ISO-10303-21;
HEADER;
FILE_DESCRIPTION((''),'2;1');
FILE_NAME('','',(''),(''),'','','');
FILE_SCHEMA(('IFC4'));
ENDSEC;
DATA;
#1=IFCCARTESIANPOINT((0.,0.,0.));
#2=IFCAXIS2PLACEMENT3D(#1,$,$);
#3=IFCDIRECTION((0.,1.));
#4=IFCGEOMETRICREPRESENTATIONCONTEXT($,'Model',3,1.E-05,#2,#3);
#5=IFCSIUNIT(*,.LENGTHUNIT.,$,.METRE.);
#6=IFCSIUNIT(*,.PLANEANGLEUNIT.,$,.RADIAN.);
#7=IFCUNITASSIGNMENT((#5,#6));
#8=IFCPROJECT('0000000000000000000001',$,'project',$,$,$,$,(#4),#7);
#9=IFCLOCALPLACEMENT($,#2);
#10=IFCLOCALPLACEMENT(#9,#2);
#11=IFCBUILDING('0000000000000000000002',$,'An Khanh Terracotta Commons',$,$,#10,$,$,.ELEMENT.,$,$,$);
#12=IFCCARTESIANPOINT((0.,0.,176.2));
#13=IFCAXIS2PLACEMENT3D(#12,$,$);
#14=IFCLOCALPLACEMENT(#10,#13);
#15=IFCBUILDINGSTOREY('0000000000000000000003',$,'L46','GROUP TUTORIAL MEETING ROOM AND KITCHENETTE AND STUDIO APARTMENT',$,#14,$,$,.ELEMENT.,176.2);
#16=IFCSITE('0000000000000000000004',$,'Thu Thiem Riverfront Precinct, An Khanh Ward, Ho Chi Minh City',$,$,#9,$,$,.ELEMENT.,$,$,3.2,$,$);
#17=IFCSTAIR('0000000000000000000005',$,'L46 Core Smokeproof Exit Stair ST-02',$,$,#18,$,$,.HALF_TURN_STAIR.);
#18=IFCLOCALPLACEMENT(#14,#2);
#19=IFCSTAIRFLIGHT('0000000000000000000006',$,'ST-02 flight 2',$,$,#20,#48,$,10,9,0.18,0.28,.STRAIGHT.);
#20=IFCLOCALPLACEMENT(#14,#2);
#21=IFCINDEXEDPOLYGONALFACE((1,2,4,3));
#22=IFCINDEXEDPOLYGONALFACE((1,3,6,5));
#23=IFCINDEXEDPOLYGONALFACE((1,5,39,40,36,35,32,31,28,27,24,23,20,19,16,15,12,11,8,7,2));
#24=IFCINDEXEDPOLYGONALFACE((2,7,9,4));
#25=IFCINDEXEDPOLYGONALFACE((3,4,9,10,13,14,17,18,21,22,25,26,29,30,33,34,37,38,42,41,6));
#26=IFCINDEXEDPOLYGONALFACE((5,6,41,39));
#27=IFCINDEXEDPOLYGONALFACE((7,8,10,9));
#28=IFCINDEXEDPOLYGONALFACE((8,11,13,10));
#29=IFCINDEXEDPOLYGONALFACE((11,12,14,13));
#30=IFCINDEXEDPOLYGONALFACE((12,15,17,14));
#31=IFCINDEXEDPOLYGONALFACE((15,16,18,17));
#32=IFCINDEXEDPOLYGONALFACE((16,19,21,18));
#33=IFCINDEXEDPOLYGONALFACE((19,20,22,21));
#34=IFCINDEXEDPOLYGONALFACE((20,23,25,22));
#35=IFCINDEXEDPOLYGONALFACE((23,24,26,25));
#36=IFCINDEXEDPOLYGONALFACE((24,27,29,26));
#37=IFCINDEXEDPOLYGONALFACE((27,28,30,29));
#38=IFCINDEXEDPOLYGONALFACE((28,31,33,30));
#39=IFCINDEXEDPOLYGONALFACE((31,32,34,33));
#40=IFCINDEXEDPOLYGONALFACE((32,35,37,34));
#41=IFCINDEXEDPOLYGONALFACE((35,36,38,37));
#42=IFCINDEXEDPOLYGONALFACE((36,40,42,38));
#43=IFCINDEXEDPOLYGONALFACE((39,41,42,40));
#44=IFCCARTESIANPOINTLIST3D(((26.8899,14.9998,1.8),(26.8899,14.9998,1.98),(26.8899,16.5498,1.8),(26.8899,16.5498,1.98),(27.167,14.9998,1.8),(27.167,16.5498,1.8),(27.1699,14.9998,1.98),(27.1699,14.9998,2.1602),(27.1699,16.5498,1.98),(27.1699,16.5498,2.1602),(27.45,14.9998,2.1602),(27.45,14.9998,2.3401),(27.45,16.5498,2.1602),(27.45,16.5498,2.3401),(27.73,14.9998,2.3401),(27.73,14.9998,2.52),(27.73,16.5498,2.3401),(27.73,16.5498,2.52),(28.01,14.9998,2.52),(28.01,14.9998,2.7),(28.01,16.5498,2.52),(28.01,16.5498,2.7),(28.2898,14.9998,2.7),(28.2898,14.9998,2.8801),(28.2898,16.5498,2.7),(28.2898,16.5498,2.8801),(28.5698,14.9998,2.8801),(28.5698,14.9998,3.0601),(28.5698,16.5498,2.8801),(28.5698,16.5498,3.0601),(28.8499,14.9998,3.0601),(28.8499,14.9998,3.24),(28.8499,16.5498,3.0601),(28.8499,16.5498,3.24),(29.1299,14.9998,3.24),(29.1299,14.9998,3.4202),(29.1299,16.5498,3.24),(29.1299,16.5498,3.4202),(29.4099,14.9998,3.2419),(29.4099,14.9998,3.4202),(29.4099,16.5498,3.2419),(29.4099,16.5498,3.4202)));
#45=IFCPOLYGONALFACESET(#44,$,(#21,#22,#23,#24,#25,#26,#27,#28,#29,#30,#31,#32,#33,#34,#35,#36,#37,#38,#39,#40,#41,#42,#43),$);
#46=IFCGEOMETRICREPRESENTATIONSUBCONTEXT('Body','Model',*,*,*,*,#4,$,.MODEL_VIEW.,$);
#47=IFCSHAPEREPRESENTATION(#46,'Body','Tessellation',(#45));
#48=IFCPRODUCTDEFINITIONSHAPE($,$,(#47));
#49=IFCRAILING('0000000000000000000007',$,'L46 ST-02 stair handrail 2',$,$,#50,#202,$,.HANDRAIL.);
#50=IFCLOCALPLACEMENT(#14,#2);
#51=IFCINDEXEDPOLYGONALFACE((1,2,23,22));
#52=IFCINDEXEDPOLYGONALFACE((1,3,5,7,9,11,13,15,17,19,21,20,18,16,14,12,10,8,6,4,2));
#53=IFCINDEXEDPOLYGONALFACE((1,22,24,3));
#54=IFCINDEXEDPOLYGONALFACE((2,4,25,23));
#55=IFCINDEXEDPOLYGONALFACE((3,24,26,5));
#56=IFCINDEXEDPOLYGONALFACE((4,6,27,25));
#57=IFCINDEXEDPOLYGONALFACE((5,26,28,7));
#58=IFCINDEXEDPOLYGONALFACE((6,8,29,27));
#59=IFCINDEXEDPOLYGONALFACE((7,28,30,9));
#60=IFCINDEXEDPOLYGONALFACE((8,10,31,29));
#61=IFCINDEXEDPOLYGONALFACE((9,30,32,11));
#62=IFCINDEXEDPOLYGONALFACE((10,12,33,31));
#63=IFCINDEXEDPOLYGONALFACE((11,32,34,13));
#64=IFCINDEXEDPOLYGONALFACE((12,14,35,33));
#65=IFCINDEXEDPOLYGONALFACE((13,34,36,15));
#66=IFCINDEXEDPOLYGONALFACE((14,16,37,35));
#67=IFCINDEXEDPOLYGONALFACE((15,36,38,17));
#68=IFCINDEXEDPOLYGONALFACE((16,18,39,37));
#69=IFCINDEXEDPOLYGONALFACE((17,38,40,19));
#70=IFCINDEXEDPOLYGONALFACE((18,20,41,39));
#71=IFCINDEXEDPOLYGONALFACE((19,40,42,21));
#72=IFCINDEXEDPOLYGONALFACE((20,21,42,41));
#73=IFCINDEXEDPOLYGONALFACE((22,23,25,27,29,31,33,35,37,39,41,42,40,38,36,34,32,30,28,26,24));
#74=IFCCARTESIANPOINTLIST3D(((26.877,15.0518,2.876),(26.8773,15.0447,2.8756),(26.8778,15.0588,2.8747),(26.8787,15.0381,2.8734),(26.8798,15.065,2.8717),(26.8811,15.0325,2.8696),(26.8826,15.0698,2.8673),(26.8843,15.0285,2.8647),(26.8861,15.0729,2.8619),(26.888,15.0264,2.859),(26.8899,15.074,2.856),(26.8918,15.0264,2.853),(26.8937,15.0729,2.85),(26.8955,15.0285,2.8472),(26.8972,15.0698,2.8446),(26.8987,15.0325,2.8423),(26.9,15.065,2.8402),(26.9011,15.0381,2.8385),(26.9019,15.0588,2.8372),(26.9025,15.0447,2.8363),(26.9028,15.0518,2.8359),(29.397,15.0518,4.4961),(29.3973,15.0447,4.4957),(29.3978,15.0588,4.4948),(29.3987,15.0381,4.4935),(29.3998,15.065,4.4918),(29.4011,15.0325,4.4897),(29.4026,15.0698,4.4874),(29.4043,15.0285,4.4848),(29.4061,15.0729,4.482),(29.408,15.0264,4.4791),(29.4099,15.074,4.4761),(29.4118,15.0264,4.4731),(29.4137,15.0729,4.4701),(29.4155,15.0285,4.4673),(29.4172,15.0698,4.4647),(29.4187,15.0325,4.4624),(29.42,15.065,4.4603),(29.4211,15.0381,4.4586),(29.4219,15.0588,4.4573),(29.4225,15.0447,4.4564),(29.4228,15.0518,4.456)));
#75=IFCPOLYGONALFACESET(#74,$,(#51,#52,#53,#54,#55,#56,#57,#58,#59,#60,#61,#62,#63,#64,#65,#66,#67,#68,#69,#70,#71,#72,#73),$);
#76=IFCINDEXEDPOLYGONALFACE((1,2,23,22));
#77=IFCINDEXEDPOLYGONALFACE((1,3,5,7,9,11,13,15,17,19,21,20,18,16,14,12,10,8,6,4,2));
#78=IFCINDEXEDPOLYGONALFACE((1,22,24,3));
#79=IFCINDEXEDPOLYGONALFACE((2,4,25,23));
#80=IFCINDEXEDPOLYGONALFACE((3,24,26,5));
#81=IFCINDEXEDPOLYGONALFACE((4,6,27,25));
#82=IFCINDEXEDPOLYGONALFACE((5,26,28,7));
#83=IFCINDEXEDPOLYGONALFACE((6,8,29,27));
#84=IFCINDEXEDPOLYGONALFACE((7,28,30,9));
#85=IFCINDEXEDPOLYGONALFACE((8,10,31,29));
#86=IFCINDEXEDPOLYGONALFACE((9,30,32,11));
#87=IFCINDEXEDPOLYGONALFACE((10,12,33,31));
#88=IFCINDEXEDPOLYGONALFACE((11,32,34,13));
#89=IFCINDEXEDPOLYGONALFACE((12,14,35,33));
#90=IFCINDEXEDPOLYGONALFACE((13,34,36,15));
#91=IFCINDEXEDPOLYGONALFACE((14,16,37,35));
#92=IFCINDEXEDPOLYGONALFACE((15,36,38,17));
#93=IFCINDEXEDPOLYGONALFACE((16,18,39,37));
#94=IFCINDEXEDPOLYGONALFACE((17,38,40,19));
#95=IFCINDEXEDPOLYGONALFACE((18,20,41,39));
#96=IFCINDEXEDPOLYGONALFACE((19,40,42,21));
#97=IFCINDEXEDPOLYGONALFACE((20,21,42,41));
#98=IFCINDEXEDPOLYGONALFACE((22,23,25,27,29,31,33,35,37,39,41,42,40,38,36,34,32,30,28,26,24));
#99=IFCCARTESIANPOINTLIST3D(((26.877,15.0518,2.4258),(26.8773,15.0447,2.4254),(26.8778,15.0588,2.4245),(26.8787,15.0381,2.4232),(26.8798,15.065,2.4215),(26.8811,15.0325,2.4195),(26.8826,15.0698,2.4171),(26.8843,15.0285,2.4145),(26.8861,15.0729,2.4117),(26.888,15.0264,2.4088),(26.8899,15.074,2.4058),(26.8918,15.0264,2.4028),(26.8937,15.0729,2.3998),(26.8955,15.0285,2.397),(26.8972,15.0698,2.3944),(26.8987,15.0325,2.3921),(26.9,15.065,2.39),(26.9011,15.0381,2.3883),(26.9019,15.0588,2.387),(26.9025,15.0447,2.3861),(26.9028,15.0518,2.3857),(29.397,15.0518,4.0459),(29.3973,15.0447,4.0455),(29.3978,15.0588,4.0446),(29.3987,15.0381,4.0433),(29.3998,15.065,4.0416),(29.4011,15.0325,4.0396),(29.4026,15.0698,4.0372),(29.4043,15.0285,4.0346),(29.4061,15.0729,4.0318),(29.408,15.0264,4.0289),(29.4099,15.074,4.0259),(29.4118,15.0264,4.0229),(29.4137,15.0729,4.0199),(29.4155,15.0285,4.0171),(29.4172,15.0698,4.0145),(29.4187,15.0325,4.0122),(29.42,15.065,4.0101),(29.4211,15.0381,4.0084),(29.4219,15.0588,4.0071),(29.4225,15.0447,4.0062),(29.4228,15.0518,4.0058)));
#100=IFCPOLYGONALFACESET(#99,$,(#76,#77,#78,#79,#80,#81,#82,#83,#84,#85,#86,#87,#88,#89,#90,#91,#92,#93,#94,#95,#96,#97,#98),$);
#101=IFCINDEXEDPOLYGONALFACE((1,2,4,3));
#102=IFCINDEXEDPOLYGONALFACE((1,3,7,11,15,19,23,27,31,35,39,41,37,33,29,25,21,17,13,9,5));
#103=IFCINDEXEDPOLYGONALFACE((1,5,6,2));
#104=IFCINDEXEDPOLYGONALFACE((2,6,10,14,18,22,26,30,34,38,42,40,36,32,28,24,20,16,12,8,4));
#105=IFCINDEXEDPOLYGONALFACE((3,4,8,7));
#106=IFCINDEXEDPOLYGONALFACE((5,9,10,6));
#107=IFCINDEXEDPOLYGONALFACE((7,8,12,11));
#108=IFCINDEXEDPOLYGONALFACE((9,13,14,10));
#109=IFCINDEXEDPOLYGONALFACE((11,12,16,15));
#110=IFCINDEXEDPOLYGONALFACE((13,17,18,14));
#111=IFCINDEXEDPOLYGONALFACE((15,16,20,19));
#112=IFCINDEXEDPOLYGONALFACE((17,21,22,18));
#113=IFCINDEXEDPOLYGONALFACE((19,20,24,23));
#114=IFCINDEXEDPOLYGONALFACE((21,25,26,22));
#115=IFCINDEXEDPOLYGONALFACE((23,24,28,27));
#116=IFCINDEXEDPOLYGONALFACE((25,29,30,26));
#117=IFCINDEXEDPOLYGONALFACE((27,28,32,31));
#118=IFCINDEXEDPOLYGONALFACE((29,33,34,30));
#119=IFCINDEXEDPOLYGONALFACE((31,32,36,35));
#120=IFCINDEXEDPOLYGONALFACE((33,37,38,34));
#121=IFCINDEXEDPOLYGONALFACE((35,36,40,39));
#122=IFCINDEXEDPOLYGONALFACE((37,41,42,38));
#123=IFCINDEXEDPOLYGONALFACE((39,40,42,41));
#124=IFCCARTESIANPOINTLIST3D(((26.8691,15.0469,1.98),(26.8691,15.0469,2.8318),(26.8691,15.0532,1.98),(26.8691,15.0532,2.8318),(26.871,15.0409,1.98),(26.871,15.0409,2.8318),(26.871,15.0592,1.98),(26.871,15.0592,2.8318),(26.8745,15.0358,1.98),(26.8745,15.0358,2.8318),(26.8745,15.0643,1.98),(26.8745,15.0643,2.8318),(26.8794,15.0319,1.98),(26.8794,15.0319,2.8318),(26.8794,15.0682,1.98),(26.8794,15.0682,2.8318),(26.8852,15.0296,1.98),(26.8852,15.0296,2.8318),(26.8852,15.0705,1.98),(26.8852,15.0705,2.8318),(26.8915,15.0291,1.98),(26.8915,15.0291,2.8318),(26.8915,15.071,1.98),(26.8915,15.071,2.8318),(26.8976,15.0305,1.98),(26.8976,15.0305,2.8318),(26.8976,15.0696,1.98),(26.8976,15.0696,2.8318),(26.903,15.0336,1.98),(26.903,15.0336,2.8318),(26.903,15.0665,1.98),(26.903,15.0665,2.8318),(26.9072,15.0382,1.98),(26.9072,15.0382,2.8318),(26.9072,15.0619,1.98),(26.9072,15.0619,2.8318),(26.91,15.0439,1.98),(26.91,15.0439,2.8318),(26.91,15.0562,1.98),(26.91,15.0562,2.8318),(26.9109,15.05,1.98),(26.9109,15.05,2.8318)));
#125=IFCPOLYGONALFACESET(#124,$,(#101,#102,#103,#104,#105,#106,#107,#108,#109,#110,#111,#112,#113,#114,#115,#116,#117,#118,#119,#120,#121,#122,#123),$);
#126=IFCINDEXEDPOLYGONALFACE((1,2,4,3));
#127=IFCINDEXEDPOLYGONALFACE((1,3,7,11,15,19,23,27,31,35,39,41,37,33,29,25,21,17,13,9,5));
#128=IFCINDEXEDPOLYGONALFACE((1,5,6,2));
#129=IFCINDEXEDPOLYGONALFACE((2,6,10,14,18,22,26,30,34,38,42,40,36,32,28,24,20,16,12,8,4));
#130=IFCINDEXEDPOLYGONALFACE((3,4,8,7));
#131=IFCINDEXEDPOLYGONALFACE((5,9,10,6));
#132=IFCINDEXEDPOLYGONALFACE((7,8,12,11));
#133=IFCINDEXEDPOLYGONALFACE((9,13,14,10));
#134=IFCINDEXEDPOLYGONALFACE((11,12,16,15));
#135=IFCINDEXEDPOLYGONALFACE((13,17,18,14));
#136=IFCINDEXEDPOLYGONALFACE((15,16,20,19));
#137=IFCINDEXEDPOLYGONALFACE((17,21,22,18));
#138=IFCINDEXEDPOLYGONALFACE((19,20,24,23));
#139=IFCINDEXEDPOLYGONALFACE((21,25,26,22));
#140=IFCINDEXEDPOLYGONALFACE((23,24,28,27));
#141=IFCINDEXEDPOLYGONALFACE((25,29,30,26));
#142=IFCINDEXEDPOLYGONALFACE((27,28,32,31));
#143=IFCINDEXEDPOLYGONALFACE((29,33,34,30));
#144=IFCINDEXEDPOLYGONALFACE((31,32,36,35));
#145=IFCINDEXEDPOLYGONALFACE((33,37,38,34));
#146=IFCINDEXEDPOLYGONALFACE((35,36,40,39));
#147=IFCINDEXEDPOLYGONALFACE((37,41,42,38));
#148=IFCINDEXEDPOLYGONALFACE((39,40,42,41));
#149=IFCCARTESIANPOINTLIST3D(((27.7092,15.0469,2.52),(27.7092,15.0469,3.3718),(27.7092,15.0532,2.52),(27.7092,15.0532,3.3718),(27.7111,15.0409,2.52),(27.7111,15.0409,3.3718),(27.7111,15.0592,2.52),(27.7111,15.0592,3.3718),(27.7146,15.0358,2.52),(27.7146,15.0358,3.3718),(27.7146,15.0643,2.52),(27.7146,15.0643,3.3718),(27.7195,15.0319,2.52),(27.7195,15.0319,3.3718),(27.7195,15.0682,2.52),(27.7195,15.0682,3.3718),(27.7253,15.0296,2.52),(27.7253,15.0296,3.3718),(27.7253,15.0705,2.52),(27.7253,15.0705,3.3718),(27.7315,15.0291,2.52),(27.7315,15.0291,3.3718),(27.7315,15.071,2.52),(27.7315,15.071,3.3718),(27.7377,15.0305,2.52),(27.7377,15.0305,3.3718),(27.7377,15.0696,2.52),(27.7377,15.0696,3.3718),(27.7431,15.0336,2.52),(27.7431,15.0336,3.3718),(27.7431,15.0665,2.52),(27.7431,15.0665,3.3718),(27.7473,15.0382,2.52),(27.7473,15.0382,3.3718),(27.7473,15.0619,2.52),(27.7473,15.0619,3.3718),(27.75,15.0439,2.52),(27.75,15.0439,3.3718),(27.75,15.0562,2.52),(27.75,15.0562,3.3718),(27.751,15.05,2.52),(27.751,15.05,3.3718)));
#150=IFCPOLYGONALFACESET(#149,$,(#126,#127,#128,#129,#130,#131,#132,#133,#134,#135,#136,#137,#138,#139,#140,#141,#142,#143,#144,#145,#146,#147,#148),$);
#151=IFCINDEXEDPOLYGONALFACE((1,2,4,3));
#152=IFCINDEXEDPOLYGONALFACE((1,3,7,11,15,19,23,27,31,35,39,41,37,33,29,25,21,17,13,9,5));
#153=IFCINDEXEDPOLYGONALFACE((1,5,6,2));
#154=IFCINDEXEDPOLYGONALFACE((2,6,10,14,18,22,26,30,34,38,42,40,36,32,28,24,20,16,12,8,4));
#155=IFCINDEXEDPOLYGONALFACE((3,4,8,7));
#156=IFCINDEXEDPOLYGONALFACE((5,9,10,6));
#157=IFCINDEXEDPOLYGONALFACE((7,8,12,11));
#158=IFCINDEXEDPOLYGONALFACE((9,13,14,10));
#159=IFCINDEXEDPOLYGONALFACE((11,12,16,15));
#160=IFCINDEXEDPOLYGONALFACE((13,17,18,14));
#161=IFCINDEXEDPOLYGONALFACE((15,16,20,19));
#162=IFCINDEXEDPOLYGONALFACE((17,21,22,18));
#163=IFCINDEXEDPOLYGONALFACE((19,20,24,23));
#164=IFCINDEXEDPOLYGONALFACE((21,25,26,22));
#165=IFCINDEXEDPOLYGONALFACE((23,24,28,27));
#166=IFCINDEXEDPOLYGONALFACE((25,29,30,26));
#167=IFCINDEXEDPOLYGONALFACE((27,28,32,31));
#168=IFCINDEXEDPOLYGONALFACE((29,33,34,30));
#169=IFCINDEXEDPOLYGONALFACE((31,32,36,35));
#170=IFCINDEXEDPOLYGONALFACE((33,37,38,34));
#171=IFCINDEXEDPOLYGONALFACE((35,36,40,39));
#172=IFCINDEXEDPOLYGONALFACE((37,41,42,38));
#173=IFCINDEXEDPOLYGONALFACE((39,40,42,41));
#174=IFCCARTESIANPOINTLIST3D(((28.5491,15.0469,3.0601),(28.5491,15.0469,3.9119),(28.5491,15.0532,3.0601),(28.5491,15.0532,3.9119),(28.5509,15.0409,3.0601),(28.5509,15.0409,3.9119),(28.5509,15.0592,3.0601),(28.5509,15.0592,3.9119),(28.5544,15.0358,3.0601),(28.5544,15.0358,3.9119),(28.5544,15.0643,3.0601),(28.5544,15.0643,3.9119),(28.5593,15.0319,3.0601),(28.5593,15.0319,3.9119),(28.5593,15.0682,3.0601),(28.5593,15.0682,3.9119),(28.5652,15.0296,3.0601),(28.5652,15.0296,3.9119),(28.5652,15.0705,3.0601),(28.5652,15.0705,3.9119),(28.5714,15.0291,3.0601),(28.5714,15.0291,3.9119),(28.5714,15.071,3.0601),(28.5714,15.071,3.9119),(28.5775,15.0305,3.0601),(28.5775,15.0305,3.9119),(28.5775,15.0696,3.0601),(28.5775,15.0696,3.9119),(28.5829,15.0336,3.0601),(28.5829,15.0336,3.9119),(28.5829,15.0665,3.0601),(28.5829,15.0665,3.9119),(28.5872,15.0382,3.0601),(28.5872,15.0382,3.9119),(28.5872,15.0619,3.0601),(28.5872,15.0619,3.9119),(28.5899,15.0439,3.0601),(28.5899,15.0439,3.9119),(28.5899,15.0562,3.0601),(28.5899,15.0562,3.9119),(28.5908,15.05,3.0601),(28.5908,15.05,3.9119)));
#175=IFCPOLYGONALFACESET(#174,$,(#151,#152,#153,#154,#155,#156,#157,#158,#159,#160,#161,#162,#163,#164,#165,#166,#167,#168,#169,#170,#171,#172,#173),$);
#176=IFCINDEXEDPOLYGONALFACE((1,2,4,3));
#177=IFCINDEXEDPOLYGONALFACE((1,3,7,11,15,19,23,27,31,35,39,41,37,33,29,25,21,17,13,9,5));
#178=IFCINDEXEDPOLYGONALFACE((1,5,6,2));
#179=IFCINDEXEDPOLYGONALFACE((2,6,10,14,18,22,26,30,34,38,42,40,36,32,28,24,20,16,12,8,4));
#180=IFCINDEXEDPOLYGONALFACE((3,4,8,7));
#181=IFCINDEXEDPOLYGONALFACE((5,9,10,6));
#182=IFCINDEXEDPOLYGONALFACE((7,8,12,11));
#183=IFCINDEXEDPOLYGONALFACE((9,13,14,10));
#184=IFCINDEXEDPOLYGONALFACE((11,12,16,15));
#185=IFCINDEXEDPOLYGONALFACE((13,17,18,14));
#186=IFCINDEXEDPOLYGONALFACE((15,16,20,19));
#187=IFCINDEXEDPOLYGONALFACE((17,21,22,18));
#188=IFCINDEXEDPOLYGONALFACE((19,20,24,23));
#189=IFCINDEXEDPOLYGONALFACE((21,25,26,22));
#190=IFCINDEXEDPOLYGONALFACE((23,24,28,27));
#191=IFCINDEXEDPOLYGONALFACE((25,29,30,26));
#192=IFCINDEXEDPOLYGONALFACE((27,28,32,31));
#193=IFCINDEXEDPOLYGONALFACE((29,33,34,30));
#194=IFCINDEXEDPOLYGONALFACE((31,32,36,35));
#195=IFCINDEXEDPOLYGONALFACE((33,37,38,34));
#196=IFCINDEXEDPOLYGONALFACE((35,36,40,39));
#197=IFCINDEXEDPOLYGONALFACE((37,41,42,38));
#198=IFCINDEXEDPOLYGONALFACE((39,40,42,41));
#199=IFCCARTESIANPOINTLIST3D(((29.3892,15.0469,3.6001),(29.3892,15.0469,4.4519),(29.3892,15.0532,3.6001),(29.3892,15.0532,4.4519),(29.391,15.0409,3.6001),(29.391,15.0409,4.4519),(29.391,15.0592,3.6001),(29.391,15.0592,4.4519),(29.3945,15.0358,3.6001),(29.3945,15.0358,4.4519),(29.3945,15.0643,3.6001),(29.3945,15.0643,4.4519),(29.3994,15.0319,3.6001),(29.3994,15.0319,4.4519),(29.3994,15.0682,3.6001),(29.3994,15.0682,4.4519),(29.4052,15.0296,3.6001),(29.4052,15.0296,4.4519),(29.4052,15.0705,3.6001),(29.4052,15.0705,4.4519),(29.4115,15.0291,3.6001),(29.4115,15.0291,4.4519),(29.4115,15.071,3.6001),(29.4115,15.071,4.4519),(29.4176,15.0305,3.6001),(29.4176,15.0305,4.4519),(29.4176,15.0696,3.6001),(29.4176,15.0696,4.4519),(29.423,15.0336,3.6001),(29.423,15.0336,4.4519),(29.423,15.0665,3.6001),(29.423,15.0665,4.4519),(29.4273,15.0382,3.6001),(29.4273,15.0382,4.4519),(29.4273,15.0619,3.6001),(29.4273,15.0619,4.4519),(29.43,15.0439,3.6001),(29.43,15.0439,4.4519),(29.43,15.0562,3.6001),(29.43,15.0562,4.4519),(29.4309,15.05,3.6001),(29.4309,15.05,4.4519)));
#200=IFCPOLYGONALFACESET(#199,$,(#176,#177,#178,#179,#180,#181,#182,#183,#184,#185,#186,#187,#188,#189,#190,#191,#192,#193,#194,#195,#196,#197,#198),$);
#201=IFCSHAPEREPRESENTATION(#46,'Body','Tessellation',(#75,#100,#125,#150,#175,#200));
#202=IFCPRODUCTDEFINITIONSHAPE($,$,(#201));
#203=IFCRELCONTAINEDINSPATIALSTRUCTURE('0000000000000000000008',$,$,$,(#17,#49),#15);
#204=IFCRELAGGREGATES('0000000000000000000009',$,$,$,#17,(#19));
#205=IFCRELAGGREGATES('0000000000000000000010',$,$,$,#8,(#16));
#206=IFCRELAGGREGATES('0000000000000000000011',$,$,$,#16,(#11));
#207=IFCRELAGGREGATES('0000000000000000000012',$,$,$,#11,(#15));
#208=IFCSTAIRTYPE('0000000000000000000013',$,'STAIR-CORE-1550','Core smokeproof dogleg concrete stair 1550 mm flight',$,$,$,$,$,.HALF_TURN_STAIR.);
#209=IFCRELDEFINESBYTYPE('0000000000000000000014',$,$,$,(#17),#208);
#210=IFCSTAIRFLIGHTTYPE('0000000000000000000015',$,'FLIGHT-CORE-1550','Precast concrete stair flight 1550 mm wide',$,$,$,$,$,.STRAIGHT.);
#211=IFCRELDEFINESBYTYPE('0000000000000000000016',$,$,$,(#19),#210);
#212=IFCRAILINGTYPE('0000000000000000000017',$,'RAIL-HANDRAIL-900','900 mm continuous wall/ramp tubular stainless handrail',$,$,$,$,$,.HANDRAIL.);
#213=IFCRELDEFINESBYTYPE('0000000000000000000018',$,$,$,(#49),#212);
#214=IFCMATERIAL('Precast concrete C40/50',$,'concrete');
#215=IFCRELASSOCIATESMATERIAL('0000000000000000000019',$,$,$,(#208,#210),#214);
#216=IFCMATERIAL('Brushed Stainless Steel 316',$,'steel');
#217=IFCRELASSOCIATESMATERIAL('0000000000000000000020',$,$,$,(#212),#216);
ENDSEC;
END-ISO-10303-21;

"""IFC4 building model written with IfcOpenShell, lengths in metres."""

from ifc_helpers import new_model, si_unit, direction, frame, origin, origin_2d, place, context, subcontext, project, spatial, polyline, circle, outline, extrude, material, type_object, element, aggregate, save


model = new_model("IFC4")

# Units and contexts
model_context = context("Model", 3, precision=1e-05, world=origin(), true_north=direction((0.0, 1.0)))
body_context = subcontext(model_context, "Body", "Model", "MODEL_VIEW")
ifc_project = project(units=[si_unit("LENGTHUNIT", "METRE"), si_unit("PLANEANGLEUNIT", "RADIAN")], contexts=[model_context])

# Site, building, storey
site_placement = place(None, origin())
site = spatial("IfcSite", under=ifc_project, at=site_placement, Name="Thu Thiem Riverfront Precinct, An Khanh Ward, Ho Chi Minh City", CompositionType="ELEMENT", RefElevation=3.2)
building_placement = place(site_placement, origin())
building = spatial("IfcBuilding", under=site, at=building_placement, Name="An Khanh Terracotta Commons", CompositionType="ELEMENT")
storey_placement = place(building_placement, frame((0.0, 0.0, 176.2)))
storey = spatial("IfcBuildingStorey", under=building, at=storey_placement, Name="L46", Description="GROUP TUTORIAL MEETING ROOM AND KITCHENETTE AND STUDIO APARTMENT", CompositionType="ELEMENT", Elevation=176.2)

# Stair, stair flight
ifc_material_1 = material(Name="Precast concrete C40/50", Category="concrete")
stair_type = type_object("IfcStairType", Name="STAIR-CORE-1550", Description="Core smokeproof dogleg concrete stair 1550 mm flight", PredefinedType="HALF_TURN_STAIR", material=ifc_material_1)
stair_placement = place(storey_placement, origin())
stair = element("IfcStair", 1, at=stair_placement, inside=storey, type_object=stair_type, Name="L46 Core Smokeproof Exit Stair ST-02", PredefinedType="HALF_TURN_STAIR")
stair_flight_type = type_object("IfcStairFlightType", Name="FLIGHT-CORE-1550", Description="Precast concrete stair flight 1550 mm wide", PredefinedType="STRAIGHT", material=ifc_material_1)
stair_flight_1_placement = place(storey_placement, frame((26.8899, 15.7749, 1.8), z_axis=(0.0, 0.0, 1.0), x_axis=(1.0, 0.0, 0.0)))
stair_flight_1 = element("IfcStairFlight", 2, at=stair_flight_1_placement, type_object=stair_flight_type, Name="ST-02 flight 2", NumberOfRisers=10, NumberOfTreads=9, PredefinedType="STRAIGHT", RiserHeight=0.18, TreadLength=0.28, context=body_context, shape_type="SweptSolid", body=[
    extrude(outline(polyline([(0.0, 0.0), (0.0, 0.1799), (0.28, 0.1799), (0.28, 0.3601), (0.5601, 0.3601), (0.5601, 0.54), (0.8401, 0.54), (0.8401, 0.72), (1.1201, 0.72), (1.1201, 0.8999), (1.3999, 0.8999), (1.3999, 1.0801), (1.6799, 1.0801), (1.6799, 1.26), (1.96, 1.26), (1.96, 1.4399), (2.24, 1.4399), (2.24, 1.6201), (2.52, 1.6201), (2.52, 1.8), (2.52, 1.4419), (0.2771, 0.0), (0.0, 0.0)])), frame((0.0, 0.7749, 0.0), z_axis=(0.0, -1.0, 0.0), x_axis=(1.0, 0.0, 0.0)), (0.0, 0.0, 1.0), 1.55),
])
aggregate(stair, [stair_flight_1])

# Railing
ifc_material_2 = material(Name="Brushed Stainless Steel 316", Category="steel")
railing_type_1 = type_object("IfcRailingType", Name="RAIL-HANDRAIL-900", Description="900 mm continuous wall/ramp tubular stainless handrail", PredefinedType="HANDRAIL", material=ifc_material_2)
railing_1_placement = place(storey_placement, frame((26.8899, 15.05, 1.98)))
element("IfcRailing", 3, at=railing_1_placement, inside=storey, type_object=railing_type_1, Name="L46 ST-02 stair handrail 2", PredefinedType="HANDRAIL", context=body_context, shape_type="SweptSolid", body=[
    extrude(circle(Radius=0.0239, at=origin_2d()), frame((0.0, 0.0, 0.876), z_axis=(0.841163, 0.0, 0.540782), x_axis=(0.0, 1.0, 0.0)), (0.0, 0.0, 1.0), 2.9958),
    extrude(circle(Radius=0.0239, at=origin_2d()), frame((0.0, 0.0, 0.4258), z_axis=(0.841163, 0.0, 0.540782), x_axis=(0.0, 1.0, 0.0)), (0.0, 0.0, 1.0), 2.9958),
    extrude(circle(Radius=0.021, at=origin_2d()), origin(), (0.0, 0.0, 1.0), 0.8518),
    extrude(circle(Radius=0.021, at=origin_2d()), frame((0.8401, 0.0, 0.54)), (0.0, 0.0, 1.0), 0.8518),
    extrude(circle(Radius=0.021, at=origin_2d()), frame((1.6799, 0.0, 1.0801)), (0.0, 0.0, 1.0), 0.8518),
    extrude(circle(Radius=0.021, at=origin_2d()), frame((2.52, 0.0, 1.6201)), (0.0, 0.0, 1.0), 0.8518),
])

save(model, "model.ifc")
